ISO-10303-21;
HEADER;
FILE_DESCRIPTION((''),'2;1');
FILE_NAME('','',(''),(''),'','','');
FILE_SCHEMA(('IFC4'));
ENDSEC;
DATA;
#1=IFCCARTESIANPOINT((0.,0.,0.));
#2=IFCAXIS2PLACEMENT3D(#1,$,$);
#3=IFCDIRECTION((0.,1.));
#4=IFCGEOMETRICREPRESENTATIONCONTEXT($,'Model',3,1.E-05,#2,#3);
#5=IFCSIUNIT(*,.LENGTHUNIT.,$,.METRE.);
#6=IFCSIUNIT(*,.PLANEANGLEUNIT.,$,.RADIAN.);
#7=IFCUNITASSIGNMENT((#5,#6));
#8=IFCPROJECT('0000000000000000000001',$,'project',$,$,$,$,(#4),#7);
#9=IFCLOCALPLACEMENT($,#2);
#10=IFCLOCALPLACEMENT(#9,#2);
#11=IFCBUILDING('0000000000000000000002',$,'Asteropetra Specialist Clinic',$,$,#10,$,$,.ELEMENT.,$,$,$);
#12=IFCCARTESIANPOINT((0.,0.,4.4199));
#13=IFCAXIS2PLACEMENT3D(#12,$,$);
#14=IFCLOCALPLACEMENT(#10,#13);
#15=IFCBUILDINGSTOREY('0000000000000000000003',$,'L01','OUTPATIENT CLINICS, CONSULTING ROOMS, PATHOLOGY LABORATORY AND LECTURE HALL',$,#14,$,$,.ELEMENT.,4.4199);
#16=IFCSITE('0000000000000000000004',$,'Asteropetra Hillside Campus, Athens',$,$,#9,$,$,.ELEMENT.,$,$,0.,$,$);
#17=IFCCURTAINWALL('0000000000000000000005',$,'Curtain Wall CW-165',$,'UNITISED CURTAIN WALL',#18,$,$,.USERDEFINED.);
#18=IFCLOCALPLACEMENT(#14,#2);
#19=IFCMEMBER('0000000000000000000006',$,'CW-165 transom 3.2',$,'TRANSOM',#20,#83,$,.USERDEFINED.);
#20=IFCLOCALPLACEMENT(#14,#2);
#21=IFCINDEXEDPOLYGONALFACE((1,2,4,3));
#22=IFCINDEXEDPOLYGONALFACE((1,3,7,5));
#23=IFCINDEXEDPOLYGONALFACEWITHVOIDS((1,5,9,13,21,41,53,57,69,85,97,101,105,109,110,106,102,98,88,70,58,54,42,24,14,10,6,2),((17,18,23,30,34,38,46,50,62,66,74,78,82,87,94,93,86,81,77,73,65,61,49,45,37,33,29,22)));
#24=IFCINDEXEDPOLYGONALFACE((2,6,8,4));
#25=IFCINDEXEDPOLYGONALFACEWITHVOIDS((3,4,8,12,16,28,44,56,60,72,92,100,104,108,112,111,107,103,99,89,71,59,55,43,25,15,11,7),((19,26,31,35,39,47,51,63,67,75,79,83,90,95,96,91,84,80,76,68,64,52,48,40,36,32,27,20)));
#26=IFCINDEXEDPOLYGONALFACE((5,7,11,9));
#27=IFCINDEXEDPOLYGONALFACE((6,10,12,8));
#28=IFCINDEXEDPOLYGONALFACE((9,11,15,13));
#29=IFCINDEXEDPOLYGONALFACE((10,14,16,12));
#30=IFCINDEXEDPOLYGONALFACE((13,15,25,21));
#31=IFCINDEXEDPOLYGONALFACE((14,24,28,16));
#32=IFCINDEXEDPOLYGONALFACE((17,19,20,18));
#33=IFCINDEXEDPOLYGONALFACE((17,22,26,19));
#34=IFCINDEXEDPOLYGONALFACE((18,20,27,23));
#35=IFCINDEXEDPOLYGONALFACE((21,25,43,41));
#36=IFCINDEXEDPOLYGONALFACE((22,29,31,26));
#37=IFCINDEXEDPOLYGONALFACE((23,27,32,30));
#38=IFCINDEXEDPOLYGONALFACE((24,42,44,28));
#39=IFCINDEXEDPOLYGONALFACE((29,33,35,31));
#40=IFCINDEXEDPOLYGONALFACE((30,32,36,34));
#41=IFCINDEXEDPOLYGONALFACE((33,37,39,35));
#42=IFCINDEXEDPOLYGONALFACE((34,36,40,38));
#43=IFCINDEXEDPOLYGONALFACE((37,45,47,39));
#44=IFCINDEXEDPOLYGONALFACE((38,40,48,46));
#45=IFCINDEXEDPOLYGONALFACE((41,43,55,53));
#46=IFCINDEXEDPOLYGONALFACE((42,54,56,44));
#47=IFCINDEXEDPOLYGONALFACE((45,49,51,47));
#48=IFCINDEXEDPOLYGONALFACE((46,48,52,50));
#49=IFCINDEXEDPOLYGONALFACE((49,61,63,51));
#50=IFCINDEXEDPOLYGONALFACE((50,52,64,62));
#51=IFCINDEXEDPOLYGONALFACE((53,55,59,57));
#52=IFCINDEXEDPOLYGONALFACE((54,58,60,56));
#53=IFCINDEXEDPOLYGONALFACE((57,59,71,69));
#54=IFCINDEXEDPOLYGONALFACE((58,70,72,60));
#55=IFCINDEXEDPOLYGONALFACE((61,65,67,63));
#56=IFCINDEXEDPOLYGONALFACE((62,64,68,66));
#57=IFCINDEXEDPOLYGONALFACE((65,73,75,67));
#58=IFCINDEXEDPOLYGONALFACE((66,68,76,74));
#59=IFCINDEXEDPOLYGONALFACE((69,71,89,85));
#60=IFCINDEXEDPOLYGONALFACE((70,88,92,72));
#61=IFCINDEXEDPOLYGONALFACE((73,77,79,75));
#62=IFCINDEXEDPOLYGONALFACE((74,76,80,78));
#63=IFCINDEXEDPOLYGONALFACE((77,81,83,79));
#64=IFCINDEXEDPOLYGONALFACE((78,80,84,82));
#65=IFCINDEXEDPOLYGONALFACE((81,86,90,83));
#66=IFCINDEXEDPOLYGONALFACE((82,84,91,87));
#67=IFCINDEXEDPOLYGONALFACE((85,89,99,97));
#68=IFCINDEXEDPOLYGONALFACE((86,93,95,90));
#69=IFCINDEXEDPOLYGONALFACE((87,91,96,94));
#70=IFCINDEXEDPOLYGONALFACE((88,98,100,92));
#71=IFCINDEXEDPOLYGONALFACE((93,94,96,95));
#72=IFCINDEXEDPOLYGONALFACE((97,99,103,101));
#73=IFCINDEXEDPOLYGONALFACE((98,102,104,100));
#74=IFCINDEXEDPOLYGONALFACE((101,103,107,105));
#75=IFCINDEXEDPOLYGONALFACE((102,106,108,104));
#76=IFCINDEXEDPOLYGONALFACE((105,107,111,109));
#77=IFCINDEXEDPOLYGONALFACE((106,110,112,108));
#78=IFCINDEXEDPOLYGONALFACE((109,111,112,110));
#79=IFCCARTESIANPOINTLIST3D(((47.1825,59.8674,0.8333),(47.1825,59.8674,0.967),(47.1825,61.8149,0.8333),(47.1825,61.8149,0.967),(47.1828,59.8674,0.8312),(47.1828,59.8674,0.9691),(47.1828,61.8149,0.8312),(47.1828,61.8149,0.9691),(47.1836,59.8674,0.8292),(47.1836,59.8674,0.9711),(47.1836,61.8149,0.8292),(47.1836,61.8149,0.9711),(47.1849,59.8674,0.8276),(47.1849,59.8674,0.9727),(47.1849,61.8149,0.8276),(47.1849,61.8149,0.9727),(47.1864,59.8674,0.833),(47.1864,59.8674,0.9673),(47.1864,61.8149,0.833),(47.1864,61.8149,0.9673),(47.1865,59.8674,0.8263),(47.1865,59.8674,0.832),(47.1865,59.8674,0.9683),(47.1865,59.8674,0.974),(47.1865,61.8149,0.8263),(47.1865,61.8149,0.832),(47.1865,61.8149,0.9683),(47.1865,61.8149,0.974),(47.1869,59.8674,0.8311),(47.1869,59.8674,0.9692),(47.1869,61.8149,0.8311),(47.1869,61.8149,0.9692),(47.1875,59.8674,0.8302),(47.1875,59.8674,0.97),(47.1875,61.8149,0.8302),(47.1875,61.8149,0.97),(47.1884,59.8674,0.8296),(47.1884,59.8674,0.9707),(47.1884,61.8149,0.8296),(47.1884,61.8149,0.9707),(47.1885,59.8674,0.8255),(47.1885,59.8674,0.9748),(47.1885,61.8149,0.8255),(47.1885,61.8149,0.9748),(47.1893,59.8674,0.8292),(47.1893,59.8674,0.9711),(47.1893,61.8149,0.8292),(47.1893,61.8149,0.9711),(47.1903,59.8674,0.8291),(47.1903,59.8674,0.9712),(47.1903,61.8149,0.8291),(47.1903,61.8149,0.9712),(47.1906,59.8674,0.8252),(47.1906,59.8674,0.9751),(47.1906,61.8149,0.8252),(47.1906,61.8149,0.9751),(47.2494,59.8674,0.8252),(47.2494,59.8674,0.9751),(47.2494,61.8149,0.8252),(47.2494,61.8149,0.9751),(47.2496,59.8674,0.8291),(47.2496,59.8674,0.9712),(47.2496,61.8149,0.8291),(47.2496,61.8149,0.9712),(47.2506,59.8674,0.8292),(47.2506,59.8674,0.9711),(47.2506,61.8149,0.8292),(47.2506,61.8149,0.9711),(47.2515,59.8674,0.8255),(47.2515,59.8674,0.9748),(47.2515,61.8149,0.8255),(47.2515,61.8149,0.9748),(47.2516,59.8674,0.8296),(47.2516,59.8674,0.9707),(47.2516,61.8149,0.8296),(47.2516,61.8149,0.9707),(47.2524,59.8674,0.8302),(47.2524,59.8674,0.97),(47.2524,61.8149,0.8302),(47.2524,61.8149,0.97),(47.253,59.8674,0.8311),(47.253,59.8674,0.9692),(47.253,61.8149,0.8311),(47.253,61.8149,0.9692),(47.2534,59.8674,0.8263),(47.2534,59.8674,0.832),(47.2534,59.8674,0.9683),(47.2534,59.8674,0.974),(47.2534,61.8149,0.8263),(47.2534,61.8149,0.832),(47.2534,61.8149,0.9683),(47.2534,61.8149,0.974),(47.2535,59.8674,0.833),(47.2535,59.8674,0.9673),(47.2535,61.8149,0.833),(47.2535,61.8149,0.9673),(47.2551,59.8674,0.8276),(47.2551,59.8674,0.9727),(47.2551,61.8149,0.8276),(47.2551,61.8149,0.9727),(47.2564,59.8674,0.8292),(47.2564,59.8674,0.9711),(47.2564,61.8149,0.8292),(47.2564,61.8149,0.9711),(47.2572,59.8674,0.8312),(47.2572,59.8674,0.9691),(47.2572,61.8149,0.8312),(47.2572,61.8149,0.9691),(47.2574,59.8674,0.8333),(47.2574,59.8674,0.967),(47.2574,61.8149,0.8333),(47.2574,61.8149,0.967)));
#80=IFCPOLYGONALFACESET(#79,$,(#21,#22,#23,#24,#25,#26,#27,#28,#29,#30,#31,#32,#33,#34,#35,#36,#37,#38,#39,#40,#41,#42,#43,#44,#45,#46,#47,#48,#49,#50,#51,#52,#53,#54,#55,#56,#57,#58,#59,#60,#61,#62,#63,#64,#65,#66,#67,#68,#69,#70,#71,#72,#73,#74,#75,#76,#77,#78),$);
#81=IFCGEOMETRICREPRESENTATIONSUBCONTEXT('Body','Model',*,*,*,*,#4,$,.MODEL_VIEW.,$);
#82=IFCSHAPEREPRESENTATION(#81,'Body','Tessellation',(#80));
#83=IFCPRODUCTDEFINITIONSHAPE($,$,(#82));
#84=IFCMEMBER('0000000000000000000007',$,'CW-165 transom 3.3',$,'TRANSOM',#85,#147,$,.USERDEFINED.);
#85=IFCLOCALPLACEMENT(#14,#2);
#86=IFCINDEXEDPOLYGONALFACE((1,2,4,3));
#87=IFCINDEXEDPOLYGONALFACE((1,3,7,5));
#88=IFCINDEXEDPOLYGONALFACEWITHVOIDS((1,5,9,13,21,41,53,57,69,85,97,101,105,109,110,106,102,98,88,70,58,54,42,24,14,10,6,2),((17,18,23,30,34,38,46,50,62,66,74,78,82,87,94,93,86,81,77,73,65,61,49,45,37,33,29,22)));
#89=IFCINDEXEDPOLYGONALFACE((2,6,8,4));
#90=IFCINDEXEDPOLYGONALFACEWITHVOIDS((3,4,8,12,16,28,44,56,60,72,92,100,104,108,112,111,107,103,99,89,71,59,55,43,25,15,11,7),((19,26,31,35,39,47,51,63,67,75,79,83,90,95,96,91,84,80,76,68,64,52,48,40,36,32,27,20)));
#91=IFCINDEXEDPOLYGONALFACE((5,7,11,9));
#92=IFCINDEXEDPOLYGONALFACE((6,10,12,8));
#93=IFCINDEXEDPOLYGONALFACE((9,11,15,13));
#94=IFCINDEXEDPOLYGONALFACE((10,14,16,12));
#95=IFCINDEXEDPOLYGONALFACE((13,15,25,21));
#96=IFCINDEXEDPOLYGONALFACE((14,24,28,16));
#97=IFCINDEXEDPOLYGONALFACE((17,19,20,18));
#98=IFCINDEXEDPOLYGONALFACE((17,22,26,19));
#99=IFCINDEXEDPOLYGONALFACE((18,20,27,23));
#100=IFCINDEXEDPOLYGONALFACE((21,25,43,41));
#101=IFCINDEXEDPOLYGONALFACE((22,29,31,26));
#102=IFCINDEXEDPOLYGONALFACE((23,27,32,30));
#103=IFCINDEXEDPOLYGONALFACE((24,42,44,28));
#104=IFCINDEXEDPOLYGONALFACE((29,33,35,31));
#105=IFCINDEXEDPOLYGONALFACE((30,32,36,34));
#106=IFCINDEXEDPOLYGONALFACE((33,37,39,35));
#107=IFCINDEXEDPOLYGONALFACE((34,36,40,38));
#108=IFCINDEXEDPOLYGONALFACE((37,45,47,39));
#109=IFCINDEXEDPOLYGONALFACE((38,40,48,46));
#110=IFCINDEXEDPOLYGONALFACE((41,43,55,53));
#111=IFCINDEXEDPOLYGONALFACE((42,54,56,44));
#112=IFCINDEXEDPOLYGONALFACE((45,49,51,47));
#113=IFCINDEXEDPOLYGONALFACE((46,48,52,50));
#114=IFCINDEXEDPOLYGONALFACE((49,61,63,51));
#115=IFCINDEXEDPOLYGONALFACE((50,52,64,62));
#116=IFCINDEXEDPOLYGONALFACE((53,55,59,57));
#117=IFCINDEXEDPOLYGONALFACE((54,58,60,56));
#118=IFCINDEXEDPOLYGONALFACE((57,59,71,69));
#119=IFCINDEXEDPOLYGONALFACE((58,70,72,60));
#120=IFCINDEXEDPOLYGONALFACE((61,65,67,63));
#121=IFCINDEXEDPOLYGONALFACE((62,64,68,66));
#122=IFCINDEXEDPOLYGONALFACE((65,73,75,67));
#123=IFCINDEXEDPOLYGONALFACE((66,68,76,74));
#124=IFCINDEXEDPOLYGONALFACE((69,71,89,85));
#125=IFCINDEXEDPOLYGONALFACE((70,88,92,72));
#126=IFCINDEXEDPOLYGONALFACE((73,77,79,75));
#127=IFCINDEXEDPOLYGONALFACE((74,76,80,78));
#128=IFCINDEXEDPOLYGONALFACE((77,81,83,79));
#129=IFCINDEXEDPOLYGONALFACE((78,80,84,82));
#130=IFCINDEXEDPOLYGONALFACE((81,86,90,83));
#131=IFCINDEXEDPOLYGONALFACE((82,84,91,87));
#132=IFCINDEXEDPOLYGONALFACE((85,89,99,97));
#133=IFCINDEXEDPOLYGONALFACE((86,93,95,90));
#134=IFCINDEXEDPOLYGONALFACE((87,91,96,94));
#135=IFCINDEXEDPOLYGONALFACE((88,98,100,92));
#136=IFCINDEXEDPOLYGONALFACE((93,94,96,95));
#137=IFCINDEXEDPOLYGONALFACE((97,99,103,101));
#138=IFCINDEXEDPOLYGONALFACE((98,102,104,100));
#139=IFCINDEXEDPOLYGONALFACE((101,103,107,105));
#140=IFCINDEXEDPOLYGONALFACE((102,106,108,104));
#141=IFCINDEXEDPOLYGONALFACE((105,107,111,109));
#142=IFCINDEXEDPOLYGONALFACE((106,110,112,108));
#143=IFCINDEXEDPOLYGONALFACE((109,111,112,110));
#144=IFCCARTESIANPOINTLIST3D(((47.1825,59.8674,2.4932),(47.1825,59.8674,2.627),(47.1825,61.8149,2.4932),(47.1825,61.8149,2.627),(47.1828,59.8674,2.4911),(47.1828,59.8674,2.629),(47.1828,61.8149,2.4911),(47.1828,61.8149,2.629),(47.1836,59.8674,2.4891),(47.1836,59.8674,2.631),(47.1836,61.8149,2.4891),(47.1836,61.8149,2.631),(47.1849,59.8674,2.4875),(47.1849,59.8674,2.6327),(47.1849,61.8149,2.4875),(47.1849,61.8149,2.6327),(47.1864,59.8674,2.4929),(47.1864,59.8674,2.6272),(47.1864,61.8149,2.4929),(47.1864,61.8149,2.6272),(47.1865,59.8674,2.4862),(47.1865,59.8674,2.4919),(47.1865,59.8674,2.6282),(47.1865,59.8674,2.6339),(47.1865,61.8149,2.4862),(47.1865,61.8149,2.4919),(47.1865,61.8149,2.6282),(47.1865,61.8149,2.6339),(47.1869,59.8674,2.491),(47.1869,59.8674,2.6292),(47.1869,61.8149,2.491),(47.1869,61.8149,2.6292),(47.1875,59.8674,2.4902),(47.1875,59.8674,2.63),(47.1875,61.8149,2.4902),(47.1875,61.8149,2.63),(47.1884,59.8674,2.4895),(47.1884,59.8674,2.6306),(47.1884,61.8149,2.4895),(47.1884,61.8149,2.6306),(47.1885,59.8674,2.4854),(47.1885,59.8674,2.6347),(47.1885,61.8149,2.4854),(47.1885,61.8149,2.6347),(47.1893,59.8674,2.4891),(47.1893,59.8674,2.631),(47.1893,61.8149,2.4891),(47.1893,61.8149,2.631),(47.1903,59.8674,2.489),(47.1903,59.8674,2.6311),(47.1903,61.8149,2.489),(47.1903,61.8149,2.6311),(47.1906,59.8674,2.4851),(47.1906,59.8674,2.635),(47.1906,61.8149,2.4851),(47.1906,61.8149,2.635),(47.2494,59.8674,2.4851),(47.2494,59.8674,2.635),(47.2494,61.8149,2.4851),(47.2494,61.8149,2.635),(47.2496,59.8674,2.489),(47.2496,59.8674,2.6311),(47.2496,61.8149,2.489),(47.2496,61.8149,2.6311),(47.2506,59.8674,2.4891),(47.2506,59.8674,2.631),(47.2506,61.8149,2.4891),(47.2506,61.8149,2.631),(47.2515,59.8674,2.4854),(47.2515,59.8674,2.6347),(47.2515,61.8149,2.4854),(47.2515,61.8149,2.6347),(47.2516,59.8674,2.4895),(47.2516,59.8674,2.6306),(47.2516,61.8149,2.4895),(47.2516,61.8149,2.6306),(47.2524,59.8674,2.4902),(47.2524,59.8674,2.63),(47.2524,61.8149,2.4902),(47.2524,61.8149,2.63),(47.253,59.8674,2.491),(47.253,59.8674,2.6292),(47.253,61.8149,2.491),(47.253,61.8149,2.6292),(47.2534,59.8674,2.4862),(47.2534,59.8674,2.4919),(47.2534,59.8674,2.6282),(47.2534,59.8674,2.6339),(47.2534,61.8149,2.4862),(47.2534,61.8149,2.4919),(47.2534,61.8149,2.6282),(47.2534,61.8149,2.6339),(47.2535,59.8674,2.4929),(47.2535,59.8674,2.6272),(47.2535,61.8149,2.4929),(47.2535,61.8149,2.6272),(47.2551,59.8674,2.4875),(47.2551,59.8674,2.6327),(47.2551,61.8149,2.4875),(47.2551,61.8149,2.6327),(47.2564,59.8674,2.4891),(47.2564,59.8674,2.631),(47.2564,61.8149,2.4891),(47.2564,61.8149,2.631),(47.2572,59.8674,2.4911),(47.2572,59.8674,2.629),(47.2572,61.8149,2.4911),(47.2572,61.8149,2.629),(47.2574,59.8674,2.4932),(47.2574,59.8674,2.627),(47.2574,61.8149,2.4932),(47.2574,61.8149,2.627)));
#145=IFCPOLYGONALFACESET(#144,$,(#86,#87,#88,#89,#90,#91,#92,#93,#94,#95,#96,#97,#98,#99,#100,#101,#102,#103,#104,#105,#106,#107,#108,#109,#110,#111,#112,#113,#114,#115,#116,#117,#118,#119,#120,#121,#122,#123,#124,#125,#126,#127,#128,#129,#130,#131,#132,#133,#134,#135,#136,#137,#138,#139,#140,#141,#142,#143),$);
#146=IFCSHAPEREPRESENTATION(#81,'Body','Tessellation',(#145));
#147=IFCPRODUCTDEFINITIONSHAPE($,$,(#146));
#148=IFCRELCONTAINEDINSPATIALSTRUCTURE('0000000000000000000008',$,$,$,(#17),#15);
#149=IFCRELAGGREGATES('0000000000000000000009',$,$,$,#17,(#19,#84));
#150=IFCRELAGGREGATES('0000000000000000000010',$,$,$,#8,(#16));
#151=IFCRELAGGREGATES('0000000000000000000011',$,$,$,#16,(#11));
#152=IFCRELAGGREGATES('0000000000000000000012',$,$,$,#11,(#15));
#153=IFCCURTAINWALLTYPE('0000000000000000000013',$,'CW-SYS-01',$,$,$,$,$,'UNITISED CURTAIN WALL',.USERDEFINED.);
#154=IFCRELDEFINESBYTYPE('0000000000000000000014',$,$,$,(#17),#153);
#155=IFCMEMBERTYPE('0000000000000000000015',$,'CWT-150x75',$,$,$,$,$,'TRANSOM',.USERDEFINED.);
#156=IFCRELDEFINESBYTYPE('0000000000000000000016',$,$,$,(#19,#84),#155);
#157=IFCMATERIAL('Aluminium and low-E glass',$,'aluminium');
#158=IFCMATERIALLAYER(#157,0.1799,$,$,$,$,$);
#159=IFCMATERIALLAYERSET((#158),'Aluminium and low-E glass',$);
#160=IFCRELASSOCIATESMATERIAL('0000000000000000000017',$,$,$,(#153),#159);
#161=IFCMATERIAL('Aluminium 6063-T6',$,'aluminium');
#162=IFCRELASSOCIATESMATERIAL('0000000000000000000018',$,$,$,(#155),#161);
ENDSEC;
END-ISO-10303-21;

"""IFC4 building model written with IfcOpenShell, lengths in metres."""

from ifc_helpers import new_model, si_unit, direction, frame, origin, origin_2d, place, context, subcontext, project, spatial, hollow_rectangle, extrude, material, layer, layer_set, material_profile, profile_set, type_object, element, aggregate, save


model = new_model("IFC4")

# Units and contexts
model_context = context("Model", 3, precision=1e-05, world=origin(), true_north=direction((0.0, 1.0)))
body_context = subcontext(model_context, "Body", "Model", "MODEL_VIEW")
ifc_project = project(units=[si_unit("LENGTHUNIT", "METRE"), si_unit("PLANEANGLEUNIT", "RADIAN")], contexts=[model_context])

# Site, building, storey
site_placement = place(None, origin())
site = spatial("IfcSite", under=ifc_project, at=site_placement, Name="Asteropetra Hillside Campus, Athens", CompositionType="ELEMENT", RefElevation=0.0)
building_placement = place(site_placement, origin())
building = spatial("IfcBuilding", under=site, at=building_placement, Name="Asteropetra Specialist Clinic", CompositionType="ELEMENT")
storey_placement = place(building_placement, frame((0.0, 0.0, 4.4199)))
storey = spatial("IfcBuildingStorey", under=building, at=storey_placement, Name="L01", Description="OUTPATIENT CLINICS, CONSULTING ROOMS, PATHOLOGY LABORATORY AND LECTURE HALL", CompositionType="ELEMENT", Elevation=4.4199)

# Curtain wall
ifc_material_1 = material(Name="Aluminium and low-E glass", Category="aluminium")
ifc_layer_1 = layer(ifc_material_1, 0.1799)
ifc_layer_set_1 = layer_set([ifc_layer_1], Name="Aluminium and low-E glass")
curtain_wall_type_1 = type_object("IfcCurtainWallType", Name="CW-SYS-01", ElementType="UNITISED CURTAIN WALL", PredefinedType="USERDEFINED", material=ifc_layer_set_1)
curtain_wall_1_placement = place(storey_placement, origin())
curtain_wall_1 = element("IfcCurtainWall", 1, at=curtain_wall_1_placement, inside=storey, type_object=curtain_wall_type_1, Name="Curtain Wall CW-165", ObjectType="UNITISED CURTAIN WALL", PredefinedType="USERDEFINED")

# Members
ifc_material_2 = material(Name="Aluminium 6063-T6", Category="aluminium")
ifc_material_profile_1 = material_profile(ifc_material_2, hollow_rectangle(XDim=0.075, YDim=0.1499, WallThickness=0.0039, InnerFilletRadius=0.0039, OuterFilletRadius=0.0081, at=origin_2d()), Name="TRN 150x75x4.0")
ifc_profile_set_1 = profile_set([ifc_material_profile_1], Name="Aluminium 6063-T6")
member_type_1 = type_object("IfcMemberType", Name="CWT-150x75", ElementType="TRANSOM", PredefinedType="USERDEFINED", material=ifc_profile_set_1)
member_1_placement = place(storey_placement, frame((47.22, 59.8674, 0.9001), z_axis=(0.0, 1.0, 0.0), x_axis=(-1.0, 0.0, 0.0)))
member_1 = element("IfcMember", 2, at=member_1_placement, type_object=member_type_1, Name="CW-165 transom 3.2", ObjectType="TRANSOM", PredefinedType="USERDEFINED", context=body_context, shape_type="SweptSolid", body=[
    extrude(hollow_rectangle(XDim=0.075, YDim=0.1499, WallThickness=0.0039, InnerFilletRadius=0.0039, OuterFilletRadius=0.0081, at=origin_2d()), origin(), (0.0, 0.0, 1.0), 1.9475),
])
member_2_placement = place(storey_placement, frame((47.22, 59.8674, 2.5601), z_axis=(0.0, 1.0, 0.0), x_axis=(-1.0, 0.0, 0.0)))
member_2 = element("IfcMember", 3, at=member_2_placement, type_object=member_type_1, Name="CW-165 transom 3.3", ObjectType="TRANSOM", PredefinedType="USERDEFINED", context=body_context, shape_type="SweptSolid", body=[
    extrude(hollow_rectangle(XDim=0.075, YDim=0.1499, WallThickness=0.0039, InnerFilletRadius=0.0039, OuterFilletRadius=0.0081, at=origin_2d()), origin(), (0.0, 0.0, 1.0), 1.9475),
])

aggregate(curtain_wall_1, [member_1, member_2])

save(model, "model.ifc")
